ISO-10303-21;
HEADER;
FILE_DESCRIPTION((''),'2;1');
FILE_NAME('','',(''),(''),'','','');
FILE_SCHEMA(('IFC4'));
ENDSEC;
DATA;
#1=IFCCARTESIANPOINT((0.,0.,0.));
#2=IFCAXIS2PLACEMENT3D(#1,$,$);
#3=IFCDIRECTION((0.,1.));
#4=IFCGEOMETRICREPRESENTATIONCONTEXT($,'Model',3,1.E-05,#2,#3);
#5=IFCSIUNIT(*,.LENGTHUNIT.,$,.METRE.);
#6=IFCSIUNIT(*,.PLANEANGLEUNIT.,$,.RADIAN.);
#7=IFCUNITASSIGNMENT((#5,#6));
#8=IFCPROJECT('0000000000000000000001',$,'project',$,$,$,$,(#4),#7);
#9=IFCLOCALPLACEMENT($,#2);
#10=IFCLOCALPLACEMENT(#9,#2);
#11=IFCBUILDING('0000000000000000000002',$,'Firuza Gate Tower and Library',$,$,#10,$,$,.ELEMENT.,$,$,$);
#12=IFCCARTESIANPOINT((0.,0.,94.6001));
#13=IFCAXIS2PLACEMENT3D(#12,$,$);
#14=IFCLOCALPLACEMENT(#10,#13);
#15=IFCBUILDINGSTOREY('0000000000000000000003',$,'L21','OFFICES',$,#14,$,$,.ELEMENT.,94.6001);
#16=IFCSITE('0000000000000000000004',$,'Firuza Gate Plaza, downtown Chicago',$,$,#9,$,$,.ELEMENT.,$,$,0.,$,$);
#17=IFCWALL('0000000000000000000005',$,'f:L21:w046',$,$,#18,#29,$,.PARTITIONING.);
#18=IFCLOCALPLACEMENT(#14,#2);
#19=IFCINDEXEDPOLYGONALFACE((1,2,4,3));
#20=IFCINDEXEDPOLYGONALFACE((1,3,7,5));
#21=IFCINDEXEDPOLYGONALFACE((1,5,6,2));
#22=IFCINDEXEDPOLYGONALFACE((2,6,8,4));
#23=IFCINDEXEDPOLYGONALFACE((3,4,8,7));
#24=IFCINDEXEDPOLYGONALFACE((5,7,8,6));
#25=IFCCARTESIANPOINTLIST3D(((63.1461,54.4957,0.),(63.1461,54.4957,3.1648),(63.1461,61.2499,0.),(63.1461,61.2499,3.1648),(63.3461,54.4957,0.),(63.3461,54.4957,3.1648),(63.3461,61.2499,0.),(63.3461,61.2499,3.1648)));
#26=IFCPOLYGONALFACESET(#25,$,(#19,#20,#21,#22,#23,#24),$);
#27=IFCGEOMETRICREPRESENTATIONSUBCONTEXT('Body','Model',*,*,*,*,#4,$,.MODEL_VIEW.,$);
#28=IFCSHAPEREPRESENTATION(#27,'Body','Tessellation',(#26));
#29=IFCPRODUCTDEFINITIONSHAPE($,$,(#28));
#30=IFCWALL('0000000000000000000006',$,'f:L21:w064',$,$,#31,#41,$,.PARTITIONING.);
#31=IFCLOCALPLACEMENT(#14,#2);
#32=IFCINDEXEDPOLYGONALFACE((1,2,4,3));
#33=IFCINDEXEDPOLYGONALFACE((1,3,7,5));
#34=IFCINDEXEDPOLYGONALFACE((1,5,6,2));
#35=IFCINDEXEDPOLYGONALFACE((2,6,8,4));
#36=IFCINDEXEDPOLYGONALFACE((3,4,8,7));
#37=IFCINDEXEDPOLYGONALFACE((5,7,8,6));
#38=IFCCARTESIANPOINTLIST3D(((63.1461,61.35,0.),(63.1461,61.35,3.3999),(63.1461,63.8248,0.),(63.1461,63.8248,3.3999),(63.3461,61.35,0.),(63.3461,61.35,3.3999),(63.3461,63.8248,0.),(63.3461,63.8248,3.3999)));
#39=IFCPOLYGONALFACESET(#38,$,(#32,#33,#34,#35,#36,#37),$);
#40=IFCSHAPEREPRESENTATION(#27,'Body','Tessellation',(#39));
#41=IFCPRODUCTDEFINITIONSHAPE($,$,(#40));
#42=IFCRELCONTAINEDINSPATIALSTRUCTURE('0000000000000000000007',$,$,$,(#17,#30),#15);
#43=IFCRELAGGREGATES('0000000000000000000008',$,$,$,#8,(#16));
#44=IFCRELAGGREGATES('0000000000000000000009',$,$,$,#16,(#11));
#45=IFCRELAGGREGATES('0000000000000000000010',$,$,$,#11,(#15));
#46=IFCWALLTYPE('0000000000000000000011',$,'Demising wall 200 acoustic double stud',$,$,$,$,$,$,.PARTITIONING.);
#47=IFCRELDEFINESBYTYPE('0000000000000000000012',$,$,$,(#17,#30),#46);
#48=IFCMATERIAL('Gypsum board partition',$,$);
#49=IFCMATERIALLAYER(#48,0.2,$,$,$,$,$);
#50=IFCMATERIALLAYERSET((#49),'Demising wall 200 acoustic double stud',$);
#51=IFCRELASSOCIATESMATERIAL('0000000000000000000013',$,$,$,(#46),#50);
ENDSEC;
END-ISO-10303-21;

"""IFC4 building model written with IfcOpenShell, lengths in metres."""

from ifc_helpers import new_model, si_unit, direction, frame, frame_2d, origin, place, context, subcontext, project, spatial, rectangle, extrude, material, layer, layer_set, type_object, element, save


model = new_model("IFC4")

# Units and contexts
model_context = context("Model", 3, precision=1e-05, world=origin(), true_north=direction((0.0, 1.0)))
body_context = subcontext(model_context, "Body", "Model", "MODEL_VIEW")
ifc_project = project(units=[si_unit("LENGTHUNIT", "METRE"), si_unit("PLANEANGLEUNIT", "RADIAN")], contexts=[model_context])

# Site, building, storey
site_placement = place(None, origin())
site = spatial("IfcSite", under=ifc_project, at=site_placement, Name="Firuza Gate Plaza, downtown Chicago", CompositionType="ELEMENT", RefElevation=0.0)
building_placement = place(site_placement, origin())
building = spatial("IfcBuilding", under=site, at=building_placement, Name="Firuza Gate Tower and Library", CompositionType="ELEMENT")
storey_placement = place(building_placement, frame((0.0, 0.0, 94.6001)))
storey = spatial("IfcBuildingStorey", under=building, at=storey_placement, Name="L21", Description="OFFICES", CompositionType="ELEMENT", Elevation=94.6001)

# Walls
ifc_material_1 = material(Name="Gypsum board partition")
ifc_layer_1 = layer(ifc_material_1, 0.2)
ifc_layer_set_1 = layer_set([ifc_layer_1], Name="Demising wall 200 acoustic double stud")
wall_type_1 = type_object("IfcWallType", Name="Demising wall 200 acoustic double stud", PredefinedType="PARTITIONING", material=ifc_layer_set_1)
wall_1_placement = place(storey_placement, frame((63.2461, 54.4958, 0.0), z_axis=(0.0, 0.0, 1.0), x_axis=(0.0, 1.0, 0.0)))
element("IfcWall", 1, at=wall_1_placement, inside=storey, type_object=wall_type_1, Name="f:L21:w046", PredefinedType="PARTITIONING", context=body_context, shape_type="SweptSolid", body=[
    extrude(rectangle(XDim=6.7542, YDim=0.2, at=frame_2d((3.377, 0.0))), origin(), (0.0, 0.0, 1.0), 3.1648),
])
wall_2_placement = place(storey_placement, frame((63.2461, 61.3501, 0.0), z_axis=(0.0, 0.0, 1.0), x_axis=(0.0, 1.0, 0.0)))
element("IfcWall", 2, at=wall_2_placement, inside=storey, type_object=wall_type_1, Name="f:L21:w064", PredefinedType="PARTITIONING", context=body_context, shape_type="SweptSolid", body=[
    extrude(rectangle(XDim=2.4749, YDim=0.2, at=frame_2d((1.2373, 0.0))), origin(), (0.0, 0.0, 1.0), 3.3999),
])

save(model, "model.ifc")
